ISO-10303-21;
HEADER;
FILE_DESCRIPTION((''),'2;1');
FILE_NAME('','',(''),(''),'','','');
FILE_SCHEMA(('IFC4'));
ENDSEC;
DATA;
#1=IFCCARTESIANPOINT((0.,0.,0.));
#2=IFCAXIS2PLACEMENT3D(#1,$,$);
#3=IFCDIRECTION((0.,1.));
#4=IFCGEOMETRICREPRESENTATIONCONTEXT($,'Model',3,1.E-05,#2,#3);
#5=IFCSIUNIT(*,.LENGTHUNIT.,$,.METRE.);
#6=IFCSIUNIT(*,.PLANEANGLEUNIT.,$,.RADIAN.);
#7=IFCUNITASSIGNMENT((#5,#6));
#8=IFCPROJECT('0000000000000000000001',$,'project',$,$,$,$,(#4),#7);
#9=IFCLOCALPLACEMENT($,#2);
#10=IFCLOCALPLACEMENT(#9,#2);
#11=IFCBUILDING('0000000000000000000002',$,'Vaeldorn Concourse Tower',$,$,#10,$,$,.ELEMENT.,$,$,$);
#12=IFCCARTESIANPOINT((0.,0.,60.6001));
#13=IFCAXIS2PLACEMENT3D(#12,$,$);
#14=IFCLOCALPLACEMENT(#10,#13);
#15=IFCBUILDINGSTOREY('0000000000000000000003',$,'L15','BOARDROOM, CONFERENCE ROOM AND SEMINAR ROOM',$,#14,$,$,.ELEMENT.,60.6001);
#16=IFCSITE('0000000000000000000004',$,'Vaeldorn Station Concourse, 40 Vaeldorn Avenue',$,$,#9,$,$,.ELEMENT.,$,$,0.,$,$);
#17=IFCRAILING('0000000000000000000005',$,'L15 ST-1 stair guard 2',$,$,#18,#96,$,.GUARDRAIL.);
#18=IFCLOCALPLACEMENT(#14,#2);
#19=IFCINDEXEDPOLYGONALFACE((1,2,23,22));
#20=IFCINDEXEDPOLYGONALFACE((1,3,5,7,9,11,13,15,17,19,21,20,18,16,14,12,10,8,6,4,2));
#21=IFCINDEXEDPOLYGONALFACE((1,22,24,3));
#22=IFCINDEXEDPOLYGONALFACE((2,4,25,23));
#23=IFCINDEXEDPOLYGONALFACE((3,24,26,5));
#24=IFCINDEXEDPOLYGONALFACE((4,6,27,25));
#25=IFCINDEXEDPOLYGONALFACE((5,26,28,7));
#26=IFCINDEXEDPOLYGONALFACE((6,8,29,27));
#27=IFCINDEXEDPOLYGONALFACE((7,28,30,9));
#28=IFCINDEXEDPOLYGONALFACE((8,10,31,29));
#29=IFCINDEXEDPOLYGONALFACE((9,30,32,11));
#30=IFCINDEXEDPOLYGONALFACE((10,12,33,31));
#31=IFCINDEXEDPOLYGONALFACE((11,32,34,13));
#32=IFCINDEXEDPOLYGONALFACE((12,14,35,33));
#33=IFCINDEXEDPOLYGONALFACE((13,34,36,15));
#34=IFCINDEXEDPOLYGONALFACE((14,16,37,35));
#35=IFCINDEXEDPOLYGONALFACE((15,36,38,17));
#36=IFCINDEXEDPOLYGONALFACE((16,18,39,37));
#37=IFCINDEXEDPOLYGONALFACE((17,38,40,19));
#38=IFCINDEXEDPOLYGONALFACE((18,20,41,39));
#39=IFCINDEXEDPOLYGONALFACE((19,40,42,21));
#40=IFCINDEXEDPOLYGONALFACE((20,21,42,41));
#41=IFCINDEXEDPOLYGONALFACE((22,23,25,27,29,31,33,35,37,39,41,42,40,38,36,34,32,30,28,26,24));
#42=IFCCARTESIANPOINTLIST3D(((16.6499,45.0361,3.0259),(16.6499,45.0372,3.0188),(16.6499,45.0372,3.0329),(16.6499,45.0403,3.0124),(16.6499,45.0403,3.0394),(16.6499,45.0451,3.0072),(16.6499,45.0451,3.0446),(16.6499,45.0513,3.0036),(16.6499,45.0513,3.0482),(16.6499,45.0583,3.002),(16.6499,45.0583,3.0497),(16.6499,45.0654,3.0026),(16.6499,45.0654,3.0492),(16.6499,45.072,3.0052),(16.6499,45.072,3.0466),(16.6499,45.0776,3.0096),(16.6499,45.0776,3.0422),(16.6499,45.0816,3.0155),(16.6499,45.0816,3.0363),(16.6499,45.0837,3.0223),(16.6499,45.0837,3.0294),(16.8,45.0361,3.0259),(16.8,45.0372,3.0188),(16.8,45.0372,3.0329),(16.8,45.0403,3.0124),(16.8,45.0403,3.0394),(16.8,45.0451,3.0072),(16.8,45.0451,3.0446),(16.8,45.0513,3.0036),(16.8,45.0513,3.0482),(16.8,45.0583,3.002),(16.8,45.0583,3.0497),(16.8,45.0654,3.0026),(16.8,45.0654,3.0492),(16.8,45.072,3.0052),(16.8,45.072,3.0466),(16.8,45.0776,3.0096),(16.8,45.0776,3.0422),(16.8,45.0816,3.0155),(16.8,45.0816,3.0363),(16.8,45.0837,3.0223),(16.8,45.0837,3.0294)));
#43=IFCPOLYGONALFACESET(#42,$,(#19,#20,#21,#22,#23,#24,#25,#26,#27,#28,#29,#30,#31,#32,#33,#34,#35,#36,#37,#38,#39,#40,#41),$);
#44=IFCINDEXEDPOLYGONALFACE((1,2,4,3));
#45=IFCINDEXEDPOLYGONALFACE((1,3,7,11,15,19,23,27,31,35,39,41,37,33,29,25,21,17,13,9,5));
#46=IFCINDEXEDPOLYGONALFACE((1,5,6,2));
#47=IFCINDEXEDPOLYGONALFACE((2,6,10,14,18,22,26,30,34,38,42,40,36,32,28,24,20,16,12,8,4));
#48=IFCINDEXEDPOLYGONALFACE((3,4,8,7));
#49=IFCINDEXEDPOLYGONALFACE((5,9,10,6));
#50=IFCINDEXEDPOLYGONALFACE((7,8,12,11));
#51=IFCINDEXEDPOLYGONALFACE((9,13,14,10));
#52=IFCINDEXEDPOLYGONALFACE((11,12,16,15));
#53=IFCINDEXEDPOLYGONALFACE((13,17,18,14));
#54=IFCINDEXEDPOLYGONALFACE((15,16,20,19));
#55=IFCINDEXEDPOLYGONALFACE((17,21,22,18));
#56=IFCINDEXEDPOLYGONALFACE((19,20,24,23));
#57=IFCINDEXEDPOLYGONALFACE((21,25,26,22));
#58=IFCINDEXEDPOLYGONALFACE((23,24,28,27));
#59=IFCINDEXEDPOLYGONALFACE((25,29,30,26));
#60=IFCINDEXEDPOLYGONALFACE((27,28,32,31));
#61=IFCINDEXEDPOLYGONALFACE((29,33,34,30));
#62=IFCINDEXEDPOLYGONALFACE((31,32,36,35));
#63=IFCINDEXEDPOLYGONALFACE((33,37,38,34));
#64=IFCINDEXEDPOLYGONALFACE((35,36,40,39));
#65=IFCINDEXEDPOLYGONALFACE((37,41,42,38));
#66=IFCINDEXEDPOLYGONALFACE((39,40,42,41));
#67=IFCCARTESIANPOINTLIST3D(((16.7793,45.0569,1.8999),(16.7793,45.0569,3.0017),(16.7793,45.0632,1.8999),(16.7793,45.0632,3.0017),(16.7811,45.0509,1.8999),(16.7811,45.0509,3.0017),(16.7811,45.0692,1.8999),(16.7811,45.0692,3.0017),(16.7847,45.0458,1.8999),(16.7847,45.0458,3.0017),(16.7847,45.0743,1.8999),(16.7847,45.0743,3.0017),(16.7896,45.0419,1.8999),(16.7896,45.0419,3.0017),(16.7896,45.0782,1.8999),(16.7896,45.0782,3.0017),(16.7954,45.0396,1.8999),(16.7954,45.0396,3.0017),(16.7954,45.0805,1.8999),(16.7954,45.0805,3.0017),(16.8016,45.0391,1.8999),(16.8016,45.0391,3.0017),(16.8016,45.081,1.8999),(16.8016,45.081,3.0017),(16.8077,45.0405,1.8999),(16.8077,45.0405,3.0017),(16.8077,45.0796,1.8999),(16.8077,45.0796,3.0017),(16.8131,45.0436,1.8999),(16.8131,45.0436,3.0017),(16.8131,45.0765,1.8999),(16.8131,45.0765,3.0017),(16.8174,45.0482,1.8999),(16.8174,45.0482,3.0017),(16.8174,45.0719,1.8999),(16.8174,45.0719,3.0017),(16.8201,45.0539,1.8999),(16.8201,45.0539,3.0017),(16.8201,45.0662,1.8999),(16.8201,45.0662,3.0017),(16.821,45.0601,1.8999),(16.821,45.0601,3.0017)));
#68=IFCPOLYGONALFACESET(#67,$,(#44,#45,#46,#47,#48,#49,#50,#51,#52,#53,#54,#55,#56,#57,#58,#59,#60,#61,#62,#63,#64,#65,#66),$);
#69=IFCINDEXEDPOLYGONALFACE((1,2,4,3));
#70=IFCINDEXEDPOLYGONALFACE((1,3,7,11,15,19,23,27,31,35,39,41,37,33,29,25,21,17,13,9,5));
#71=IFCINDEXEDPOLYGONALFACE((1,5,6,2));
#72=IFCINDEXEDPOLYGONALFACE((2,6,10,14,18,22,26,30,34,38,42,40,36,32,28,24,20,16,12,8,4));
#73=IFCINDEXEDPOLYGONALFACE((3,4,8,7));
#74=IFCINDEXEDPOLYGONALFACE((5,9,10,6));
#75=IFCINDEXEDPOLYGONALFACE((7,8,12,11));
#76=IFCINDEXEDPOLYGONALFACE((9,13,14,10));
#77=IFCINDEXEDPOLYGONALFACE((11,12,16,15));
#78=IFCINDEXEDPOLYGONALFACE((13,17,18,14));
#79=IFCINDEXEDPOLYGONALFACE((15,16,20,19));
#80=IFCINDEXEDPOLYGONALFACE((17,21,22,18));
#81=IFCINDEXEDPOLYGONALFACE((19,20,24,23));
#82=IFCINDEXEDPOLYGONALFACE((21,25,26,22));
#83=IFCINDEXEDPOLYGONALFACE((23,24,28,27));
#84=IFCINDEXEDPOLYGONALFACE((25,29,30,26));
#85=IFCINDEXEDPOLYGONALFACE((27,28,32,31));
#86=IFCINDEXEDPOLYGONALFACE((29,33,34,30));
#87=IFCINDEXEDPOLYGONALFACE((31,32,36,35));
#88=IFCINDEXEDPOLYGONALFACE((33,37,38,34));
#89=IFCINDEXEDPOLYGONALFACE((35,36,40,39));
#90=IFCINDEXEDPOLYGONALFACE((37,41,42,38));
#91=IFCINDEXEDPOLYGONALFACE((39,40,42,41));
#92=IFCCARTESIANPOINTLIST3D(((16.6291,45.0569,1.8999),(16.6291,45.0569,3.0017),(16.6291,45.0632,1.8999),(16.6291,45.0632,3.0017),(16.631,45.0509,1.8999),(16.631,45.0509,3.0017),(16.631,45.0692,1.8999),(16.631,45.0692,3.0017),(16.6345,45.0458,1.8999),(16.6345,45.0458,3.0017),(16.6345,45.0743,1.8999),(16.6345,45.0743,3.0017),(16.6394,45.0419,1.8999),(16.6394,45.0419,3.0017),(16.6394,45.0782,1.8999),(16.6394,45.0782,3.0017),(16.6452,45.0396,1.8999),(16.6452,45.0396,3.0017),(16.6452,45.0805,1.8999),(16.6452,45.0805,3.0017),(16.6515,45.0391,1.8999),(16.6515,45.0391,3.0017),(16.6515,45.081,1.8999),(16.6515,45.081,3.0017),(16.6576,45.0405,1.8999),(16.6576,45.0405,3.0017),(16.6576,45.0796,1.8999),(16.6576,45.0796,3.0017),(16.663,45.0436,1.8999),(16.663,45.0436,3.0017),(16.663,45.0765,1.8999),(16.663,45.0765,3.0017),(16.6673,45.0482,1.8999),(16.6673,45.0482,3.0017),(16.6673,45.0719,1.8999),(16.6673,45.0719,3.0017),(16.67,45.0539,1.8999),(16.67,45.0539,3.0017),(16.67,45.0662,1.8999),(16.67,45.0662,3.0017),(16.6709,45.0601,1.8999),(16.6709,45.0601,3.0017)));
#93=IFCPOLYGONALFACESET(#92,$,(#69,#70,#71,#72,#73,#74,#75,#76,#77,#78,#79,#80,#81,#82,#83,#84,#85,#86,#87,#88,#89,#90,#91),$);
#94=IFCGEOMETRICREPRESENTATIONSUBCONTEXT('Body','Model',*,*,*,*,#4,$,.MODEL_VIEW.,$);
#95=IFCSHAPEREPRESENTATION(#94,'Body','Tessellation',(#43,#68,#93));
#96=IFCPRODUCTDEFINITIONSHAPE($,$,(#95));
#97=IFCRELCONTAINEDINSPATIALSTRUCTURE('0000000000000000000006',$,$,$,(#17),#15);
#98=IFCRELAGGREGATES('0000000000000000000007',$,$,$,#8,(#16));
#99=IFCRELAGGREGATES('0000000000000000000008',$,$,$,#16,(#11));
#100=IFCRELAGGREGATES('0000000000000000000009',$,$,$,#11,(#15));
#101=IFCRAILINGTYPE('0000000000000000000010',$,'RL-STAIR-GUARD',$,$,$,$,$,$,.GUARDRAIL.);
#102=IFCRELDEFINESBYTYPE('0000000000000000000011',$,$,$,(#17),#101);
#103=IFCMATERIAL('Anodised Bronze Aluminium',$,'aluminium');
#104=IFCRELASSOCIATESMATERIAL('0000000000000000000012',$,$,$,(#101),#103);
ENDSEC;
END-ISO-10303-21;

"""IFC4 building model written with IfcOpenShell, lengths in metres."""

from ifc_helpers import new_model, si_unit, direction, frame, origin, origin_2d, place, context, subcontext, project, spatial, circle, extrude, material, type_object, element, save


model = new_model("IFC4")

# Units and contexts
model_context = context("Model", 3, precision=1e-05, world=origin(), true_north=direction((0.0, 1.0)))
body_context = subcontext(model_context, "Body", "Model", "MODEL_VIEW")
ifc_project = project(units=[si_unit("LENGTHUNIT", "METRE"), si_unit("PLANEANGLEUNIT", "RADIAN")], contexts=[model_context])

# Site, building, storey
site_placement = place(None, origin())
site = spatial("IfcSite", under=ifc_project, at=site_placement, Name="Vaeldorn Station Concourse, 40 Vaeldorn Avenue", CompositionType="ELEMENT", RefElevation=0.0)
building_placement = place(site_placement, origin())
building = spatial("IfcBuilding", under=site, at=building_placement, Name="Vaeldorn Concourse Tower", CompositionType="ELEMENT")
storey_placement = place(building_placement, frame((0.0, 0.0, 60.6001)))
storey = spatial("IfcBuildingStorey", under=building, at=storey_placement, Name="L15", Description="BOARDROOM, CONFERENCE ROOM AND SEMINAR ROOM", CompositionType="ELEMENT", Elevation=60.6001)

# Shared definitions
ifc_material_1 = material(Name="Anodised Bronze Aluminium", Category="aluminium")

# Railing
railing_type_1 = type_object("IfcRailingType", Name="RL-STAIR-GUARD", PredefinedType="GUARDRAIL", material=ifc_material_1)
railing_1_placement = place(storey_placement, frame((16.8, 45.0601, 1.8999)))
element("IfcRailing", 1, at=railing_1_placement, inside=storey, type_object=railing_type_1, Name="L15 ST-1 stair guard 2", PredefinedType="GUARDRAIL", context=body_context, shape_type="SweptSolid", body=[
    extrude(circle(Radius=0.0239, at=origin_2d()), frame((0.0, 0.0, 1.126), z_axis=(-1.0, 0.0, 0.0), x_axis=(0.0, -1.0, 0.0)), (0.0, 0.0, 1.0), 0.1501),
    extrude(circle(Radius=0.021, at=origin_2d()), origin(), (0.0, 0.0, 1.0), 1.1018),
    extrude(circle(Radius=0.021, at=origin_2d()), frame((-0.1501, 0.0, 0.0)), (0.0, 0.0, 1.0), 1.1018),
])

save(model, "model.ifc")
